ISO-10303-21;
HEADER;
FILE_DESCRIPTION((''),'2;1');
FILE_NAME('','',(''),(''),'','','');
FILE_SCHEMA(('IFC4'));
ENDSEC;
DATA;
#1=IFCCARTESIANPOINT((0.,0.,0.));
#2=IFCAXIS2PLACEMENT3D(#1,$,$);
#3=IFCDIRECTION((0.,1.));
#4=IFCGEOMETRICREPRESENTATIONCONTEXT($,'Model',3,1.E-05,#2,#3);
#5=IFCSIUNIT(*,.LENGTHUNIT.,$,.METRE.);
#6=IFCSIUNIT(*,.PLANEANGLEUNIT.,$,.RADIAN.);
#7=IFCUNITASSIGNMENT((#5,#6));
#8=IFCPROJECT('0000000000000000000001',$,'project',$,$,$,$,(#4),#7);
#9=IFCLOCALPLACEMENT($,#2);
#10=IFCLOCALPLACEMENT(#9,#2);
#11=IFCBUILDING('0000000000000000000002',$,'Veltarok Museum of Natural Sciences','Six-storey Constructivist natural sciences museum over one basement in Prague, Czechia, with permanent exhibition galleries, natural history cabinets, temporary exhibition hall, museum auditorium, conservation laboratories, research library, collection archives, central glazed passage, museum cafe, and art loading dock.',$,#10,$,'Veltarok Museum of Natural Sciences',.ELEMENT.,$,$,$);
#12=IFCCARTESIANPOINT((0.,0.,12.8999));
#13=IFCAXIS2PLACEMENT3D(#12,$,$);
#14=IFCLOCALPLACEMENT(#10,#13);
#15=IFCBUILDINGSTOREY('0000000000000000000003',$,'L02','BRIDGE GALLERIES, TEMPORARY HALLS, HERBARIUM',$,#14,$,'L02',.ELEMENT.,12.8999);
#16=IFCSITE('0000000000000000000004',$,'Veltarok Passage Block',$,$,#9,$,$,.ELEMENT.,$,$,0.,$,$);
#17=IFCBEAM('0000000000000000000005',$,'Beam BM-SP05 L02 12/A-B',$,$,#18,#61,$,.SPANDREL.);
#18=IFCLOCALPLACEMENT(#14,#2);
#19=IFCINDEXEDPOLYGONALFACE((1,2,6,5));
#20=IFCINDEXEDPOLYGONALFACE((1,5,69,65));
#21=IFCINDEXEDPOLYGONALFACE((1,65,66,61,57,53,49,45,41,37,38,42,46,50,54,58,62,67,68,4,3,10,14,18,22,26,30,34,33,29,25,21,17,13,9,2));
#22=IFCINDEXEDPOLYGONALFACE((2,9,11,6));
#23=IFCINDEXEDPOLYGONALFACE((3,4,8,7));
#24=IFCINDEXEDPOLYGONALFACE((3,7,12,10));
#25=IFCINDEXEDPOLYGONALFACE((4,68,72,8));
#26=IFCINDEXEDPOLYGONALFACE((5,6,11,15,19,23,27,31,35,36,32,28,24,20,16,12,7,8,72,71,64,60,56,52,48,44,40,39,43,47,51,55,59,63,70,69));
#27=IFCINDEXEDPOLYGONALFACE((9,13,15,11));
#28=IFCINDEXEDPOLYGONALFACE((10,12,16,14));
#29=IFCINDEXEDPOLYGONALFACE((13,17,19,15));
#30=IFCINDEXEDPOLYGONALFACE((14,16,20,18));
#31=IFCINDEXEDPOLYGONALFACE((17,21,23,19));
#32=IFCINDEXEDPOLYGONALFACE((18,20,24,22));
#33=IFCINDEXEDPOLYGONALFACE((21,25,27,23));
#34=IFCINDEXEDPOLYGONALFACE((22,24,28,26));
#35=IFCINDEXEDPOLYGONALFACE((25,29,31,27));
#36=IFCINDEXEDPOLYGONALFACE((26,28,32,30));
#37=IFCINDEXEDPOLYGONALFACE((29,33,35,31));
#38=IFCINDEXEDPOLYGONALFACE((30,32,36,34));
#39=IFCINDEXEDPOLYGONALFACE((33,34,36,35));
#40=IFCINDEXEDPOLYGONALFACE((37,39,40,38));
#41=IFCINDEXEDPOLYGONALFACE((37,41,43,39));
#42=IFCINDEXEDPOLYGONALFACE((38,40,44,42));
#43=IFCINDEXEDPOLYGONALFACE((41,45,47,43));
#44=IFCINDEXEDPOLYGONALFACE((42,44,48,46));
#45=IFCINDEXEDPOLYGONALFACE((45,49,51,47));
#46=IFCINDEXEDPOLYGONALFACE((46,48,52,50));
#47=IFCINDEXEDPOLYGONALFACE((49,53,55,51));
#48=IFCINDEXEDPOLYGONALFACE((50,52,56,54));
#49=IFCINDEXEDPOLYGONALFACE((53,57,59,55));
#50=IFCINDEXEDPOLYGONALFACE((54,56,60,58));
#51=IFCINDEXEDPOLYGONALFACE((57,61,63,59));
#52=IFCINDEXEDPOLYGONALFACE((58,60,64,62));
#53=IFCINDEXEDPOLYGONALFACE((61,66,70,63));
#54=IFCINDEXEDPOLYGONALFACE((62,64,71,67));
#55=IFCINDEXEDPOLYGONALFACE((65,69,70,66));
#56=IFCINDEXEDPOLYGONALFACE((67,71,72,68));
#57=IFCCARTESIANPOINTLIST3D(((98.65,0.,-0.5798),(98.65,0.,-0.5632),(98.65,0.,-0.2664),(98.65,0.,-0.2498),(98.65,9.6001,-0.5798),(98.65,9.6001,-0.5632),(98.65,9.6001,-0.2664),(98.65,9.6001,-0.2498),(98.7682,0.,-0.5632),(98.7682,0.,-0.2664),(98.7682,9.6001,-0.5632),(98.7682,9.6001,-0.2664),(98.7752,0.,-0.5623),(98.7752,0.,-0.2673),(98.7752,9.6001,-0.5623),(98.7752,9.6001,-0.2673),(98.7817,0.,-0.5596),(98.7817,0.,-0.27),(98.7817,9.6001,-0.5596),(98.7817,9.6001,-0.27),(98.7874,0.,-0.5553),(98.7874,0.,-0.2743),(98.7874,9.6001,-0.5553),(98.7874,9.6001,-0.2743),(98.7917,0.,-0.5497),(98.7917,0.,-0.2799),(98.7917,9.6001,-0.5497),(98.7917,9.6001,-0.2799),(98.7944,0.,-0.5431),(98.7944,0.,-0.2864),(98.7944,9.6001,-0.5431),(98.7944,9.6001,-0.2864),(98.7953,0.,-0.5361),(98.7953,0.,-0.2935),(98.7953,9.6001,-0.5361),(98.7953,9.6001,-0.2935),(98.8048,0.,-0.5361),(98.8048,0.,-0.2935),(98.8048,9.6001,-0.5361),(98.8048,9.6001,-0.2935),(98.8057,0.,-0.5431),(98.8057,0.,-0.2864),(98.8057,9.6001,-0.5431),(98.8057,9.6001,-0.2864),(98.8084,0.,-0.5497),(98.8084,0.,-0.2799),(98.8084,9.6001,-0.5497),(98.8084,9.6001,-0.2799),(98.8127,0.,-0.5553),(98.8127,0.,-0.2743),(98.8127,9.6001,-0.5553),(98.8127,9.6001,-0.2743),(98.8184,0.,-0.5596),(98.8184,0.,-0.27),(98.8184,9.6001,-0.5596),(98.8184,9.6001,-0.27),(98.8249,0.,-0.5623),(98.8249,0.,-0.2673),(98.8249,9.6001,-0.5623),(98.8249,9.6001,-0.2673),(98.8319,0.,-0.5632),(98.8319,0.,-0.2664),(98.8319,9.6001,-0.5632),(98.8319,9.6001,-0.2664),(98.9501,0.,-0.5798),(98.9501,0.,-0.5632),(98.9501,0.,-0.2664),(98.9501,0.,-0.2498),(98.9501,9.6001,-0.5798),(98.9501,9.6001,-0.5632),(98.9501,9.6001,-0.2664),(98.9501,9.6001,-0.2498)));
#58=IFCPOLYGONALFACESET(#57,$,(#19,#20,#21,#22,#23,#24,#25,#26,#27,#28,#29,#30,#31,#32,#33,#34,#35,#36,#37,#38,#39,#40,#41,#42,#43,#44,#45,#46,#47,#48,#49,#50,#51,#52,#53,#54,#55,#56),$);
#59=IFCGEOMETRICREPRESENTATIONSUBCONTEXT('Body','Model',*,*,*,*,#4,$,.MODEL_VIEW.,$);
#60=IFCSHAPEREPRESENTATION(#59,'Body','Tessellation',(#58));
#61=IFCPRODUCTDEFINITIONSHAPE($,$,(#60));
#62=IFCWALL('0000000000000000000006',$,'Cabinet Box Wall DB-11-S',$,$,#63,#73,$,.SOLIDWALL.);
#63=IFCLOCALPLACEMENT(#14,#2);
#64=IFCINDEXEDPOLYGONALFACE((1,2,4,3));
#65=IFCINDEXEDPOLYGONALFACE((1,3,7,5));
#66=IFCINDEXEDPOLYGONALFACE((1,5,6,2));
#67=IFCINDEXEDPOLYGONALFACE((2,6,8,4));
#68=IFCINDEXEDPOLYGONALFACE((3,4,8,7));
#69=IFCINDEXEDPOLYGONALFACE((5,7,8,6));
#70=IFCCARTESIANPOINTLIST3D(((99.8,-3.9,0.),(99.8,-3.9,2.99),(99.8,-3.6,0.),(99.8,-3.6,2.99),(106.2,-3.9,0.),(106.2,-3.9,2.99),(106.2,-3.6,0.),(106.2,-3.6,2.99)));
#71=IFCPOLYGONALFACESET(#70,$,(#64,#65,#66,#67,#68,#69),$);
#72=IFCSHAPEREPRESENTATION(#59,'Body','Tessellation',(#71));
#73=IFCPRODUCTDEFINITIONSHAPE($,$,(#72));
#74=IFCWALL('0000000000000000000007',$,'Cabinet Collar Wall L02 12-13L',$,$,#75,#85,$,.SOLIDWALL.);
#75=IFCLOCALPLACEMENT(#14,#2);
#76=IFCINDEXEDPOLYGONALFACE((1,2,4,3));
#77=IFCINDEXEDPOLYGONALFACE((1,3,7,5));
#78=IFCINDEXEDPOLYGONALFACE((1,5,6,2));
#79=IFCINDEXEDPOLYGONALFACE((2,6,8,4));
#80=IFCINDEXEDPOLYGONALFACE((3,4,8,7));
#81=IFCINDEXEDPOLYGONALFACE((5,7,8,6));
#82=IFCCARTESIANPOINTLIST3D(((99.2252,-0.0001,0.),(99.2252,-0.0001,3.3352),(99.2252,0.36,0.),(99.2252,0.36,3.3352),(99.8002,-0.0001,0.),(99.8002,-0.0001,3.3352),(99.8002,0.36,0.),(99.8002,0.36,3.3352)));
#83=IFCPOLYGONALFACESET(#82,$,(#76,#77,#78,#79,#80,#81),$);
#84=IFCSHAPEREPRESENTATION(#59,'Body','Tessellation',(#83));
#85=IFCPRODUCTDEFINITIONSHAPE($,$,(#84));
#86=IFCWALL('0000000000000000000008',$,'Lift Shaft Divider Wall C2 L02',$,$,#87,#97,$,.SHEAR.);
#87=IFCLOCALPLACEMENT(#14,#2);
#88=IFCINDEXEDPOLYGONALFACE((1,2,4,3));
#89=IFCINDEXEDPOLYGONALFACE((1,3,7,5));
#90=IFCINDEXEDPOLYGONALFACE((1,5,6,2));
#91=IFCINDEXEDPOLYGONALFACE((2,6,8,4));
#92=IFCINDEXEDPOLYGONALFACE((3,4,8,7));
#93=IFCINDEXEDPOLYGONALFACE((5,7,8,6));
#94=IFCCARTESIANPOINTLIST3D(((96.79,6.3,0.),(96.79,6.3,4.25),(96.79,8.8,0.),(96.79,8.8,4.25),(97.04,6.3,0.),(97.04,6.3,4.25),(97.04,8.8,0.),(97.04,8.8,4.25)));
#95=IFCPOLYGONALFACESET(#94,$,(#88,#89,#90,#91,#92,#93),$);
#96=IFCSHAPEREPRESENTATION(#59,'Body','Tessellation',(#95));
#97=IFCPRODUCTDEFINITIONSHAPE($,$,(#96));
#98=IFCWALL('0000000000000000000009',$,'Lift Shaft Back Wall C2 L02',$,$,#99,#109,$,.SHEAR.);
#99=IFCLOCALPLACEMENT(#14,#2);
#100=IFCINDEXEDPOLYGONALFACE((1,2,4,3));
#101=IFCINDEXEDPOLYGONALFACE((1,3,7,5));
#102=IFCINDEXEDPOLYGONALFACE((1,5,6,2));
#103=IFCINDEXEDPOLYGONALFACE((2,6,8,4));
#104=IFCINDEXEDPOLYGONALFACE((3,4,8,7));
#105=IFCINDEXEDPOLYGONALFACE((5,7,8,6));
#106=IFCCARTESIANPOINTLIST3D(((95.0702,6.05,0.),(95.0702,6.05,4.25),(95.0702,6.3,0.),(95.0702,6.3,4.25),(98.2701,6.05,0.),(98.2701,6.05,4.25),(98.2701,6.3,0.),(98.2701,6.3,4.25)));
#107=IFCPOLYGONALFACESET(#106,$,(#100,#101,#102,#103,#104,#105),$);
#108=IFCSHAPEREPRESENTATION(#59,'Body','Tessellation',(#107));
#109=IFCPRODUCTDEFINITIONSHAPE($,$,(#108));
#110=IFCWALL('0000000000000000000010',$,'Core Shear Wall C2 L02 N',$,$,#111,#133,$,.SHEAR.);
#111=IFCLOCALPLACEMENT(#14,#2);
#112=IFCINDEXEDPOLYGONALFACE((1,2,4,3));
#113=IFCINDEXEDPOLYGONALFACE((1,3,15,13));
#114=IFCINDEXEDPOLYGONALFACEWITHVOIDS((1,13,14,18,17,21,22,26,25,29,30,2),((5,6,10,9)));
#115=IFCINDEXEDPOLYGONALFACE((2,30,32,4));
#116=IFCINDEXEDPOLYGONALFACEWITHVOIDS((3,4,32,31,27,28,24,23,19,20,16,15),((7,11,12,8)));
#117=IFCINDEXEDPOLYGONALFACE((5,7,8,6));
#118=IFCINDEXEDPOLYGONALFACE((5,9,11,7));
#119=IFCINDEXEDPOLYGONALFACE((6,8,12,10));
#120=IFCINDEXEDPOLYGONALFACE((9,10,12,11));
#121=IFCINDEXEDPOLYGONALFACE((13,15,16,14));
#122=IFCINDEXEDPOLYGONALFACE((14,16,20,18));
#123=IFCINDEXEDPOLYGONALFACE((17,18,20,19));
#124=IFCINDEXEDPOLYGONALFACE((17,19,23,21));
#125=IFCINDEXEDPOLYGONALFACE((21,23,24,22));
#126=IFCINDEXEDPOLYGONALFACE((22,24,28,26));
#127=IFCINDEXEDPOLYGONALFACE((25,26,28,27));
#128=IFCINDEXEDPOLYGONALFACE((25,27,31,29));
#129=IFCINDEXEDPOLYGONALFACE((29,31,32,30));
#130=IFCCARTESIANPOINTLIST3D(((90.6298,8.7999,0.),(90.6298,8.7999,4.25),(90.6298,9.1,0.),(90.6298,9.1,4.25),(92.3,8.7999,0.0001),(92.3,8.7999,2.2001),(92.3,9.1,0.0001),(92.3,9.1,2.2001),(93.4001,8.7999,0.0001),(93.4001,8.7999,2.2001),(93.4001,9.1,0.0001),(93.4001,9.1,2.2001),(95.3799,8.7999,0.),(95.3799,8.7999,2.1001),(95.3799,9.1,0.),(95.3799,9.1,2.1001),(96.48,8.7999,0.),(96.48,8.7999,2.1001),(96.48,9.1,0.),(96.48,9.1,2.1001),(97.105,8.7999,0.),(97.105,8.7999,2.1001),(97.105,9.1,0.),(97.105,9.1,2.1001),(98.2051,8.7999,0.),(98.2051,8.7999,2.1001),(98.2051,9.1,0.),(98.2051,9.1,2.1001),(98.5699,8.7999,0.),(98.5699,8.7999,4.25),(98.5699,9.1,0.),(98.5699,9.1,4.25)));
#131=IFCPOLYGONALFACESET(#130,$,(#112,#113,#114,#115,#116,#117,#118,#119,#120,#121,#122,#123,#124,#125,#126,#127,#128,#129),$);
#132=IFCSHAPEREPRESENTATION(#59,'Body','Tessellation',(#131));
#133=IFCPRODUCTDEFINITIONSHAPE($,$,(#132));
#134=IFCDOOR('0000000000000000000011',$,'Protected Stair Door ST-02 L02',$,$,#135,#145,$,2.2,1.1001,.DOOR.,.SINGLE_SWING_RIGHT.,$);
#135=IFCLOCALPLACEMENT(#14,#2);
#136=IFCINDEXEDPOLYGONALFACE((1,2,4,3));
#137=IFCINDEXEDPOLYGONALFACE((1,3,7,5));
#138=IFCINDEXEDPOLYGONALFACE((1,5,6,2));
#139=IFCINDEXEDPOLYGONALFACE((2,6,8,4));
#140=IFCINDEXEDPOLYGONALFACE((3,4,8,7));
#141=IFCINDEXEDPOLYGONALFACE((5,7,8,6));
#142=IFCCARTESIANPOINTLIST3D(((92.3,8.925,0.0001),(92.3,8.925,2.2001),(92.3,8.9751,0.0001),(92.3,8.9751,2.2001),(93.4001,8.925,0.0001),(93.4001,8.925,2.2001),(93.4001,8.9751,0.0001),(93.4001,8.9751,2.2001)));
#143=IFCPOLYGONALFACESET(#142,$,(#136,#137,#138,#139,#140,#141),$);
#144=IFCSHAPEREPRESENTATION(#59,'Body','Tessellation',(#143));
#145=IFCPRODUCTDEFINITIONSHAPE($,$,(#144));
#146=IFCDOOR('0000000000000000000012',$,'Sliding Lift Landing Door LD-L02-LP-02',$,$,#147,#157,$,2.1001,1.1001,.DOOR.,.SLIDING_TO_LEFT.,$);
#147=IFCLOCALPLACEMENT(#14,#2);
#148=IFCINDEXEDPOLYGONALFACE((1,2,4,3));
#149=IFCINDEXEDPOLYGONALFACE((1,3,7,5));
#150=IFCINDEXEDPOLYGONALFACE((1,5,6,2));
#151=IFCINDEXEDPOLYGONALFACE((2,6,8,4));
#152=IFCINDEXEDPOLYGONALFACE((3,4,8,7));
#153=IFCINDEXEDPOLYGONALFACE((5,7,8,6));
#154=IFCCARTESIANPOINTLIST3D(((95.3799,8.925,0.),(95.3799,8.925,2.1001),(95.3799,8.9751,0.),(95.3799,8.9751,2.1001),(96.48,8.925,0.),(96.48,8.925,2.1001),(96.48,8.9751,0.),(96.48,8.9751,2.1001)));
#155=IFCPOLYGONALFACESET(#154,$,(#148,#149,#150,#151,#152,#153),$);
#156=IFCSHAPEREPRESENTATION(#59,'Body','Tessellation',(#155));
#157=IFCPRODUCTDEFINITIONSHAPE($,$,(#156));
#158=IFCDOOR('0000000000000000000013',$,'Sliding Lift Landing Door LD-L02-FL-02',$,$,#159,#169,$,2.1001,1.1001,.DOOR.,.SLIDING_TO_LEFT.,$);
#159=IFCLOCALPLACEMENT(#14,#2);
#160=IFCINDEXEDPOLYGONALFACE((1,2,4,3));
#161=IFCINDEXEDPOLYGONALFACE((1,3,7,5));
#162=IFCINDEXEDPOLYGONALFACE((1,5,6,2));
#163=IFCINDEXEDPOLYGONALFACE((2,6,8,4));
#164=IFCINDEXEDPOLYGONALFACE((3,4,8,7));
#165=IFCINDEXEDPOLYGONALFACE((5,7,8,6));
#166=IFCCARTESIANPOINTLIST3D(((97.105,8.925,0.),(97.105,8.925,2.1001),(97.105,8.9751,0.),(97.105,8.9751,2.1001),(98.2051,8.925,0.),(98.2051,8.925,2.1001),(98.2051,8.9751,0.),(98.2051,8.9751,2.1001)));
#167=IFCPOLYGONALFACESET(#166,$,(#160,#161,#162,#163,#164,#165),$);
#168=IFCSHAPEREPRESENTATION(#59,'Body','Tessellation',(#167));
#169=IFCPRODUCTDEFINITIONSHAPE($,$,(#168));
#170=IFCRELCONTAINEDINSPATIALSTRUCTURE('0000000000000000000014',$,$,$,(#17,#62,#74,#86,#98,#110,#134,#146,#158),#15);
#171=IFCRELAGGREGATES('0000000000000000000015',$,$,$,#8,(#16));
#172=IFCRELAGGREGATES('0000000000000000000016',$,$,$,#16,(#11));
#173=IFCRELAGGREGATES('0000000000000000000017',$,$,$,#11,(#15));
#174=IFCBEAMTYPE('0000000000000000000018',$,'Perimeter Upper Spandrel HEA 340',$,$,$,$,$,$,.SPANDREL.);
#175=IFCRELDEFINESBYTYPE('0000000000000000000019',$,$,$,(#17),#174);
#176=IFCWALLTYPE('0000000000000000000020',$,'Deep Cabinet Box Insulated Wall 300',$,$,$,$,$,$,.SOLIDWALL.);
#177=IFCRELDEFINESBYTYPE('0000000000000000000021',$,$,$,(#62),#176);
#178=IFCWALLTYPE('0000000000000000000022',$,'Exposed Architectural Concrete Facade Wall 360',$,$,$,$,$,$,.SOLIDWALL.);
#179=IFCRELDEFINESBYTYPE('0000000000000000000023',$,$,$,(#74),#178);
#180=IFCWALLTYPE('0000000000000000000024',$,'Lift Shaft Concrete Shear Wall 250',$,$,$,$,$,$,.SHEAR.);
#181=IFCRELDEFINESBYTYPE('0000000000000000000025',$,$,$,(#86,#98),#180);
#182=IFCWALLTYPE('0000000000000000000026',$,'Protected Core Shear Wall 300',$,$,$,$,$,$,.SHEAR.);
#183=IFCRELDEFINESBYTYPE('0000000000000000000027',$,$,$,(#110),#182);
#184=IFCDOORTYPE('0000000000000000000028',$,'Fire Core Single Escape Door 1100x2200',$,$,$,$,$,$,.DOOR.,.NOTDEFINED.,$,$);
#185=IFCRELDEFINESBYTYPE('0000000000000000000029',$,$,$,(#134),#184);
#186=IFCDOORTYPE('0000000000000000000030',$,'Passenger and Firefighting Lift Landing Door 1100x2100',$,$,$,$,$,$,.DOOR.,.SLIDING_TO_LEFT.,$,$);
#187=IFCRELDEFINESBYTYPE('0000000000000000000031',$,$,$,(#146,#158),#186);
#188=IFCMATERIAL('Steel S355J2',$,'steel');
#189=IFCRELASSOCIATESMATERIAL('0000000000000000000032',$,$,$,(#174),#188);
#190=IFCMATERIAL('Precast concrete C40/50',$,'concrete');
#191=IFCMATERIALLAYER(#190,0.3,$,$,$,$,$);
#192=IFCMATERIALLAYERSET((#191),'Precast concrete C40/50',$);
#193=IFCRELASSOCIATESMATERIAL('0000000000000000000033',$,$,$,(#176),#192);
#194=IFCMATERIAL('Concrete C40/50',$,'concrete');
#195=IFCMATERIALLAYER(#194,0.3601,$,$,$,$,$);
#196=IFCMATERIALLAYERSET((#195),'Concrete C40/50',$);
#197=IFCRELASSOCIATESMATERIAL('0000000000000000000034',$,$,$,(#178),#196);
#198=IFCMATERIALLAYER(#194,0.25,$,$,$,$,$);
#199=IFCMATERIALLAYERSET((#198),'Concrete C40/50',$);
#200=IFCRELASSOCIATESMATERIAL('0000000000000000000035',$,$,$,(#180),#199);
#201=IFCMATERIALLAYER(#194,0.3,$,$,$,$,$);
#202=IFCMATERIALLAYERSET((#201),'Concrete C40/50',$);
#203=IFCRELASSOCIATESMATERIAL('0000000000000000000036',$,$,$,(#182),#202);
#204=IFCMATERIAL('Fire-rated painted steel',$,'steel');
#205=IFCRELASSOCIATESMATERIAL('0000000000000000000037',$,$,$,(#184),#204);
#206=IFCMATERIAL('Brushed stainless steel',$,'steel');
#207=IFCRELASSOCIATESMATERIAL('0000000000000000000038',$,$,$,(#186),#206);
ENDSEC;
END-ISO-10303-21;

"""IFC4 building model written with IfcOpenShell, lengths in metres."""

from ifc_helpers import new_model, si_unit, direction, frame, frame_2d, origin, origin_2d, place, context, subcontext, project, spatial, rectangle, i_section, extrude, material, layer, layer_set, material_profile, profile_set, type_object, element, fill, save


model = new_model("IFC4")

# Units and contexts
model_context = context("Model", 3, precision=1e-05, world=origin(), true_north=direction((0.0, 1.0)))
body_context = subcontext(model_context, "Body", "Model", "MODEL_VIEW")
ifc_project = project(units=[si_unit("LENGTHUNIT", "METRE"), si_unit("PLANEANGLEUNIT", "RADIAN")], contexts=[model_context])

# Site, building, storey
site_placement = place(None, origin())
site = spatial("IfcSite", under=ifc_project, at=site_placement, Name="Veltarok Passage Block", CompositionType="ELEMENT", RefElevation=0.0)
building_placement = place(site_placement, origin())
building = spatial("IfcBuilding", under=site, at=building_placement, Name="Veltarok Museum of Natural Sciences", Description="Six-storey Constructivist natural sciences museum over one basement in Prague, Czechia, with permanent exhibition galleries, natural history cabinets, temporary exhibition hall, museum auditorium, conservation laboratories, research library, collection archives, central glazed passage, museum cafe, and art loading dock.", LongName="Veltarok Museum of Natural Sciences", CompositionType="ELEMENT")
storey_placement = place(building_placement, frame((0.0, 0.0, 12.8999)))
storey = spatial("IfcBuildingStorey", under=building, at=storey_placement, Name="L02", Description="BRIDGE GALLERIES, TEMPORARY HALLS, HERBARIUM", LongName="L02", CompositionType="ELEMENT", Elevation=12.8999)

# Shared definitions
ifc_material_1 = material(Name="Concrete C40/50", Category="concrete")

# Beam
ifc_material_2 = material(Name="Steel S355J2", Category="steel")
ifc_material_profile_1 = material_profile(ifc_material_2, i_section(OverallWidth=0.3, OverallDepth=0.3301, WebThickness=0.0095, FlangeThickness=0.0166, FilletRadius=0.0271, at=origin_2d()), Name="HEA 340")
ifc_profile_set_1 = profile_set([ifc_material_profile_1], Name="Steel S355J2")
beam_type_1 = type_object("IfcBeamType", Name="Perimeter Upper Spandrel HEA 340", PredefinedType="SPANDREL", material=ifc_profile_set_1)
beam_1_placement = place(storey_placement, frame((98.8, 0.0, -0.4148), z_axis=(0.0, 1.0, 0.0), x_axis=(-1.0, 0.0, 0.0)))
element("IfcBeam", 1, at=beam_1_placement, inside=storey, type_object=beam_type_1, Name="Beam BM-SP05 L02 12/A-B", PredefinedType="SPANDREL", context=body_context, shape_type="SweptSolid", body=[
    extrude(i_section(OverallWidth=0.3, OverallDepth=0.3301, WebThickness=0.0095, FlangeThickness=0.0166, FilletRadius=0.0271, at=origin_2d()), origin(), (0.0, 0.0, 1.0), 9.6001),
])

# Walls
ifc_material_3 = material(Name="Precast concrete C40/50", Category="concrete")
ifc_layer_1 = layer(ifc_material_3, 0.3)
ifc_layer_set_1 = layer_set([ifc_layer_1], Name="Precast concrete C40/50")
wall_type_1 = type_object("IfcWallType", Name="Deep Cabinet Box Insulated Wall 300", PredefinedType="SOLIDWALL", material=ifc_layer_set_1)
wall_1_placement = place(storey_placement, frame((99.8, -3.75, 0.0), z_axis=(0.0, 0.0, 1.0), x_axis=(1.0, 0.0, 0.0)))
element("IfcWall", 2, at=wall_1_placement, inside=storey, type_object=wall_type_1, Name="Cabinet Box Wall DB-11-S", PredefinedType="SOLIDWALL", context=body_context, shape_type="SweptSolid", body=[
    extrude(rectangle(XDim=6.3999, YDim=0.3, at=frame_2d((3.2, 0.0))), origin(), (0.0, 0.0, 1.0), 2.99),
])
ifc_layer_2 = layer(ifc_material_1, 0.3601)
ifc_layer_set_2 = layer_set([ifc_layer_2], Name="Concrete C40/50")
wall_type_2 = type_object("IfcWallType", Name="Exposed Architectural Concrete Facade Wall 360", PredefinedType="SOLIDWALL", material=ifc_layer_set_2)
wall_2_placement = place(storey_placement, frame((99.2251, 0.1799, 0.0), z_axis=(0.0, 0.0, 1.0), x_axis=(1.0, 0.0, 0.0)))
element("IfcWall", 3, at=wall_2_placement, inside=storey, type_object=wall_type_2, Name="Cabinet Collar Wall L02 12-13L", PredefinedType="SOLIDWALL", context=body_context, shape_type="SweptSolid", body=[
    extrude(rectangle(XDim=0.575, YDim=0.3601, at=frame_2d((0.2876, 0.0))), origin(), (0.0, 0.0, 1.0), 3.3352),
])
ifc_layer_3 = layer(ifc_material_1, 0.25)
ifc_layer_set_3 = layer_set([ifc_layer_3], Name="Concrete C40/50")
wall_type_3 = type_object("IfcWallType", Name="Lift Shaft Concrete Shear Wall 250", PredefinedType="SHEAR", material=ifc_layer_set_3)
wall_3_placement = place(storey_placement, frame((96.915, 6.3, 0.0), z_axis=(0.0, 0.0, 1.0), x_axis=(0.0, 1.0, 0.0)))
element("IfcWall", 4, at=wall_3_placement, inside=storey, type_object=wall_type_3, Name="Lift Shaft Divider Wall C2 L02", PredefinedType="SHEAR", context=body_context, shape_type="SweptSolid", body=[
    extrude(rectangle(XDim=2.5, YDim=0.25, at=frame_2d((1.25, 0.0))), origin(), (0.0, 0.0, 1.0), 4.25),
])
wall_4_placement = place(storey_placement, frame((95.0701, 6.175, 0.0), z_axis=(0.0, 0.0, 1.0), x_axis=(1.0, 0.0, 0.0)))
element("IfcWall", 5, at=wall_4_placement, inside=storey, type_object=wall_type_3, Name="Lift Shaft Back Wall C2 L02", PredefinedType="SHEAR", context=body_context, shape_type="SweptSolid", body=[
    extrude(rectangle(XDim=3.2, YDim=0.25, at=frame_2d((1.6001, 0.0))), origin(), (0.0, 0.0, 1.0), 4.25),
])

# Wall, openings, doors
ifc_layer_4 = layer(ifc_material_1, 0.3)
ifc_layer_set_4 = layer_set([ifc_layer_4], Name="Concrete C40/50")
wall_type_4 = type_object("IfcWallType", Name="Protected Core Shear Wall 300", PredefinedType="SHEAR", material=ifc_layer_set_4)
wall_5_placement = place(storey_placement, frame((98.5701, 8.95, 0.0), z_axis=(0.0, 0.0, 1.0), x_axis=(-1.0, 0.0, 0.0)))
wall_5 = element("IfcWall", 6, at=wall_5_placement, inside=storey, type_object=wall_type_4, Name="Core Shear Wall C2 L02 N", PredefinedType="SHEAR", context=body_context, shape_type="SweptSolid", body=[
    extrude(rectangle(XDim=7.9402, YDim=0.3, at=frame_2d((3.9702, 0.0))), origin(), (0.0, 0.0, 1.0), 4.25),
])
opening_1_placement = place(wall_5_placement, frame((5.1699, 0.0, 0.0)))
opening_1 = element("IfcOpeningElement", 7, at=opening_1_placement, cuts=wall_5, PredefinedType="OPENING", context=body_context, shape_type="SweptSolid", body=[
    extrude(rectangle(XDim=1.1001, YDim=2.2, at=frame_2d((0.55, 1.1001))), frame((0.0, 0.1602, 0.0), z_axis=(0.0, -1.0, 0.0), x_axis=(1.0, 0.0, 0.0)), (0.0, 0.0, 1.0), 0.3201),
])
opening_2_placement = place(wall_5_placement, frame((2.0901, 0.0, 0.0)))
opening_2 = element("IfcOpeningElement", 8, at=opening_2_placement, cuts=wall_5, PredefinedType="OPENING", context=body_context, shape_type="SweptSolid", body=[
    extrude(rectangle(XDim=1.1001, YDim=2.1001, at=frame_2d((0.55, 1.05))), frame((0.0, 0.1602, 0.0), z_axis=(0.0, -1.0, 0.0), x_axis=(1.0, 0.0, 0.0)), (0.0, 0.0, 1.0), 0.3201),
])
opening_3_placement = place(wall_5_placement, frame((0.365, 0.0, 0.0)))
opening_3 = element("IfcOpeningElement", 9, at=opening_3_placement, cuts=wall_5, PredefinedType="OPENING", context=body_context, shape_type="SweptSolid", body=[
    extrude(rectangle(XDim=1.1001, YDim=2.1001, at=frame_2d((0.55, 1.05))), frame((0.0, 0.1602, 0.0), z_axis=(0.0, -1.0, 0.0), x_axis=(1.0, 0.0, 0.0)), (0.0, 0.0, 1.0), 0.3201),
])
ifc_material_4 = material(Name="Fire-rated painted steel", Category="steel")
door_type_1 = type_object("IfcDoorType", Name="Fire Core Single Escape Door 1100x2200", OperationType="NOTDEFINED", PredefinedType="DOOR", material=ifc_material_4)
door_1_placement = place(opening_1_placement, origin())
door_1 = element("IfcDoor", 10, at=door_1_placement, inside=storey, type_object=door_type_1, Name="Protected Stair Door ST-02 L02", OperationType="SINGLE_SWING_RIGHT", OverallHeight=2.2, OverallWidth=1.1001, PredefinedType="DOOR", context=body_context, shape_type="SweptSolid", body=[
    extrude(rectangle(XDim=1.1001, YDim=2.2, at=frame_2d((0.55, 1.1001))), frame((0.0, 0.0249, 0.0), z_axis=(0.0, -1.0, 0.0), x_axis=(1.0, 0.0, 0.0)), (0.0, 0.0, 1.0), 0.05),
])
fill(opening_1, door_1)
ifc_material_5 = material(Name="Brushed stainless steel", Category="steel")
door_type_2 = type_object("IfcDoorType", Name="Passenger and Firefighting Lift Landing Door 1100x2100", OperationType="SLIDING_TO_LEFT", PredefinedType="DOOR", material=ifc_material_5)
door_2_placement = place(opening_2_placement, origin())
door_2 = element("IfcDoor", 11, at=door_2_placement, inside=storey, type_object=door_type_2, Name="Sliding Lift Landing Door LD-L02-LP-02", OperationType="SLIDING_TO_LEFT", OverallHeight=2.1001, OverallWidth=1.1001, PredefinedType="DOOR", context=body_context, shape_type="SweptSolid", body=[
    extrude(rectangle(XDim=1.1001, YDim=2.1001, at=frame_2d((0.55, 1.05))), frame((0.0, 0.0249, 0.0), z_axis=(0.0, -1.0, 0.0), x_axis=(1.0, 0.0, 0.0)), (0.0, 0.0, 1.0), 0.05),
])
fill(opening_2, door_2)
door_3_placement = place(opening_3_placement, origin())
door_3 = element("IfcDoor", 12, at=door_3_placement, inside=storey, type_object=door_type_2, Name="Sliding Lift Landing Door LD-L02-FL-02", OperationType="SLIDING_TO_LEFT", OverallHeight=2.1001, OverallWidth=1.1001, PredefinedType="DOOR", context=body_context, shape_type="SweptSolid", body=[
    extrude(rectangle(XDim=1.1001, YDim=2.1001, at=frame_2d((0.55, 1.05))), frame((0.0, 0.0249, 0.0), z_axis=(0.0, -1.0, 0.0), x_axis=(1.0, 0.0, 0.0)), (0.0, 0.0, 1.0), 0.05),
])
fill(opening_3, door_3)

save(model, "model.ifc")
